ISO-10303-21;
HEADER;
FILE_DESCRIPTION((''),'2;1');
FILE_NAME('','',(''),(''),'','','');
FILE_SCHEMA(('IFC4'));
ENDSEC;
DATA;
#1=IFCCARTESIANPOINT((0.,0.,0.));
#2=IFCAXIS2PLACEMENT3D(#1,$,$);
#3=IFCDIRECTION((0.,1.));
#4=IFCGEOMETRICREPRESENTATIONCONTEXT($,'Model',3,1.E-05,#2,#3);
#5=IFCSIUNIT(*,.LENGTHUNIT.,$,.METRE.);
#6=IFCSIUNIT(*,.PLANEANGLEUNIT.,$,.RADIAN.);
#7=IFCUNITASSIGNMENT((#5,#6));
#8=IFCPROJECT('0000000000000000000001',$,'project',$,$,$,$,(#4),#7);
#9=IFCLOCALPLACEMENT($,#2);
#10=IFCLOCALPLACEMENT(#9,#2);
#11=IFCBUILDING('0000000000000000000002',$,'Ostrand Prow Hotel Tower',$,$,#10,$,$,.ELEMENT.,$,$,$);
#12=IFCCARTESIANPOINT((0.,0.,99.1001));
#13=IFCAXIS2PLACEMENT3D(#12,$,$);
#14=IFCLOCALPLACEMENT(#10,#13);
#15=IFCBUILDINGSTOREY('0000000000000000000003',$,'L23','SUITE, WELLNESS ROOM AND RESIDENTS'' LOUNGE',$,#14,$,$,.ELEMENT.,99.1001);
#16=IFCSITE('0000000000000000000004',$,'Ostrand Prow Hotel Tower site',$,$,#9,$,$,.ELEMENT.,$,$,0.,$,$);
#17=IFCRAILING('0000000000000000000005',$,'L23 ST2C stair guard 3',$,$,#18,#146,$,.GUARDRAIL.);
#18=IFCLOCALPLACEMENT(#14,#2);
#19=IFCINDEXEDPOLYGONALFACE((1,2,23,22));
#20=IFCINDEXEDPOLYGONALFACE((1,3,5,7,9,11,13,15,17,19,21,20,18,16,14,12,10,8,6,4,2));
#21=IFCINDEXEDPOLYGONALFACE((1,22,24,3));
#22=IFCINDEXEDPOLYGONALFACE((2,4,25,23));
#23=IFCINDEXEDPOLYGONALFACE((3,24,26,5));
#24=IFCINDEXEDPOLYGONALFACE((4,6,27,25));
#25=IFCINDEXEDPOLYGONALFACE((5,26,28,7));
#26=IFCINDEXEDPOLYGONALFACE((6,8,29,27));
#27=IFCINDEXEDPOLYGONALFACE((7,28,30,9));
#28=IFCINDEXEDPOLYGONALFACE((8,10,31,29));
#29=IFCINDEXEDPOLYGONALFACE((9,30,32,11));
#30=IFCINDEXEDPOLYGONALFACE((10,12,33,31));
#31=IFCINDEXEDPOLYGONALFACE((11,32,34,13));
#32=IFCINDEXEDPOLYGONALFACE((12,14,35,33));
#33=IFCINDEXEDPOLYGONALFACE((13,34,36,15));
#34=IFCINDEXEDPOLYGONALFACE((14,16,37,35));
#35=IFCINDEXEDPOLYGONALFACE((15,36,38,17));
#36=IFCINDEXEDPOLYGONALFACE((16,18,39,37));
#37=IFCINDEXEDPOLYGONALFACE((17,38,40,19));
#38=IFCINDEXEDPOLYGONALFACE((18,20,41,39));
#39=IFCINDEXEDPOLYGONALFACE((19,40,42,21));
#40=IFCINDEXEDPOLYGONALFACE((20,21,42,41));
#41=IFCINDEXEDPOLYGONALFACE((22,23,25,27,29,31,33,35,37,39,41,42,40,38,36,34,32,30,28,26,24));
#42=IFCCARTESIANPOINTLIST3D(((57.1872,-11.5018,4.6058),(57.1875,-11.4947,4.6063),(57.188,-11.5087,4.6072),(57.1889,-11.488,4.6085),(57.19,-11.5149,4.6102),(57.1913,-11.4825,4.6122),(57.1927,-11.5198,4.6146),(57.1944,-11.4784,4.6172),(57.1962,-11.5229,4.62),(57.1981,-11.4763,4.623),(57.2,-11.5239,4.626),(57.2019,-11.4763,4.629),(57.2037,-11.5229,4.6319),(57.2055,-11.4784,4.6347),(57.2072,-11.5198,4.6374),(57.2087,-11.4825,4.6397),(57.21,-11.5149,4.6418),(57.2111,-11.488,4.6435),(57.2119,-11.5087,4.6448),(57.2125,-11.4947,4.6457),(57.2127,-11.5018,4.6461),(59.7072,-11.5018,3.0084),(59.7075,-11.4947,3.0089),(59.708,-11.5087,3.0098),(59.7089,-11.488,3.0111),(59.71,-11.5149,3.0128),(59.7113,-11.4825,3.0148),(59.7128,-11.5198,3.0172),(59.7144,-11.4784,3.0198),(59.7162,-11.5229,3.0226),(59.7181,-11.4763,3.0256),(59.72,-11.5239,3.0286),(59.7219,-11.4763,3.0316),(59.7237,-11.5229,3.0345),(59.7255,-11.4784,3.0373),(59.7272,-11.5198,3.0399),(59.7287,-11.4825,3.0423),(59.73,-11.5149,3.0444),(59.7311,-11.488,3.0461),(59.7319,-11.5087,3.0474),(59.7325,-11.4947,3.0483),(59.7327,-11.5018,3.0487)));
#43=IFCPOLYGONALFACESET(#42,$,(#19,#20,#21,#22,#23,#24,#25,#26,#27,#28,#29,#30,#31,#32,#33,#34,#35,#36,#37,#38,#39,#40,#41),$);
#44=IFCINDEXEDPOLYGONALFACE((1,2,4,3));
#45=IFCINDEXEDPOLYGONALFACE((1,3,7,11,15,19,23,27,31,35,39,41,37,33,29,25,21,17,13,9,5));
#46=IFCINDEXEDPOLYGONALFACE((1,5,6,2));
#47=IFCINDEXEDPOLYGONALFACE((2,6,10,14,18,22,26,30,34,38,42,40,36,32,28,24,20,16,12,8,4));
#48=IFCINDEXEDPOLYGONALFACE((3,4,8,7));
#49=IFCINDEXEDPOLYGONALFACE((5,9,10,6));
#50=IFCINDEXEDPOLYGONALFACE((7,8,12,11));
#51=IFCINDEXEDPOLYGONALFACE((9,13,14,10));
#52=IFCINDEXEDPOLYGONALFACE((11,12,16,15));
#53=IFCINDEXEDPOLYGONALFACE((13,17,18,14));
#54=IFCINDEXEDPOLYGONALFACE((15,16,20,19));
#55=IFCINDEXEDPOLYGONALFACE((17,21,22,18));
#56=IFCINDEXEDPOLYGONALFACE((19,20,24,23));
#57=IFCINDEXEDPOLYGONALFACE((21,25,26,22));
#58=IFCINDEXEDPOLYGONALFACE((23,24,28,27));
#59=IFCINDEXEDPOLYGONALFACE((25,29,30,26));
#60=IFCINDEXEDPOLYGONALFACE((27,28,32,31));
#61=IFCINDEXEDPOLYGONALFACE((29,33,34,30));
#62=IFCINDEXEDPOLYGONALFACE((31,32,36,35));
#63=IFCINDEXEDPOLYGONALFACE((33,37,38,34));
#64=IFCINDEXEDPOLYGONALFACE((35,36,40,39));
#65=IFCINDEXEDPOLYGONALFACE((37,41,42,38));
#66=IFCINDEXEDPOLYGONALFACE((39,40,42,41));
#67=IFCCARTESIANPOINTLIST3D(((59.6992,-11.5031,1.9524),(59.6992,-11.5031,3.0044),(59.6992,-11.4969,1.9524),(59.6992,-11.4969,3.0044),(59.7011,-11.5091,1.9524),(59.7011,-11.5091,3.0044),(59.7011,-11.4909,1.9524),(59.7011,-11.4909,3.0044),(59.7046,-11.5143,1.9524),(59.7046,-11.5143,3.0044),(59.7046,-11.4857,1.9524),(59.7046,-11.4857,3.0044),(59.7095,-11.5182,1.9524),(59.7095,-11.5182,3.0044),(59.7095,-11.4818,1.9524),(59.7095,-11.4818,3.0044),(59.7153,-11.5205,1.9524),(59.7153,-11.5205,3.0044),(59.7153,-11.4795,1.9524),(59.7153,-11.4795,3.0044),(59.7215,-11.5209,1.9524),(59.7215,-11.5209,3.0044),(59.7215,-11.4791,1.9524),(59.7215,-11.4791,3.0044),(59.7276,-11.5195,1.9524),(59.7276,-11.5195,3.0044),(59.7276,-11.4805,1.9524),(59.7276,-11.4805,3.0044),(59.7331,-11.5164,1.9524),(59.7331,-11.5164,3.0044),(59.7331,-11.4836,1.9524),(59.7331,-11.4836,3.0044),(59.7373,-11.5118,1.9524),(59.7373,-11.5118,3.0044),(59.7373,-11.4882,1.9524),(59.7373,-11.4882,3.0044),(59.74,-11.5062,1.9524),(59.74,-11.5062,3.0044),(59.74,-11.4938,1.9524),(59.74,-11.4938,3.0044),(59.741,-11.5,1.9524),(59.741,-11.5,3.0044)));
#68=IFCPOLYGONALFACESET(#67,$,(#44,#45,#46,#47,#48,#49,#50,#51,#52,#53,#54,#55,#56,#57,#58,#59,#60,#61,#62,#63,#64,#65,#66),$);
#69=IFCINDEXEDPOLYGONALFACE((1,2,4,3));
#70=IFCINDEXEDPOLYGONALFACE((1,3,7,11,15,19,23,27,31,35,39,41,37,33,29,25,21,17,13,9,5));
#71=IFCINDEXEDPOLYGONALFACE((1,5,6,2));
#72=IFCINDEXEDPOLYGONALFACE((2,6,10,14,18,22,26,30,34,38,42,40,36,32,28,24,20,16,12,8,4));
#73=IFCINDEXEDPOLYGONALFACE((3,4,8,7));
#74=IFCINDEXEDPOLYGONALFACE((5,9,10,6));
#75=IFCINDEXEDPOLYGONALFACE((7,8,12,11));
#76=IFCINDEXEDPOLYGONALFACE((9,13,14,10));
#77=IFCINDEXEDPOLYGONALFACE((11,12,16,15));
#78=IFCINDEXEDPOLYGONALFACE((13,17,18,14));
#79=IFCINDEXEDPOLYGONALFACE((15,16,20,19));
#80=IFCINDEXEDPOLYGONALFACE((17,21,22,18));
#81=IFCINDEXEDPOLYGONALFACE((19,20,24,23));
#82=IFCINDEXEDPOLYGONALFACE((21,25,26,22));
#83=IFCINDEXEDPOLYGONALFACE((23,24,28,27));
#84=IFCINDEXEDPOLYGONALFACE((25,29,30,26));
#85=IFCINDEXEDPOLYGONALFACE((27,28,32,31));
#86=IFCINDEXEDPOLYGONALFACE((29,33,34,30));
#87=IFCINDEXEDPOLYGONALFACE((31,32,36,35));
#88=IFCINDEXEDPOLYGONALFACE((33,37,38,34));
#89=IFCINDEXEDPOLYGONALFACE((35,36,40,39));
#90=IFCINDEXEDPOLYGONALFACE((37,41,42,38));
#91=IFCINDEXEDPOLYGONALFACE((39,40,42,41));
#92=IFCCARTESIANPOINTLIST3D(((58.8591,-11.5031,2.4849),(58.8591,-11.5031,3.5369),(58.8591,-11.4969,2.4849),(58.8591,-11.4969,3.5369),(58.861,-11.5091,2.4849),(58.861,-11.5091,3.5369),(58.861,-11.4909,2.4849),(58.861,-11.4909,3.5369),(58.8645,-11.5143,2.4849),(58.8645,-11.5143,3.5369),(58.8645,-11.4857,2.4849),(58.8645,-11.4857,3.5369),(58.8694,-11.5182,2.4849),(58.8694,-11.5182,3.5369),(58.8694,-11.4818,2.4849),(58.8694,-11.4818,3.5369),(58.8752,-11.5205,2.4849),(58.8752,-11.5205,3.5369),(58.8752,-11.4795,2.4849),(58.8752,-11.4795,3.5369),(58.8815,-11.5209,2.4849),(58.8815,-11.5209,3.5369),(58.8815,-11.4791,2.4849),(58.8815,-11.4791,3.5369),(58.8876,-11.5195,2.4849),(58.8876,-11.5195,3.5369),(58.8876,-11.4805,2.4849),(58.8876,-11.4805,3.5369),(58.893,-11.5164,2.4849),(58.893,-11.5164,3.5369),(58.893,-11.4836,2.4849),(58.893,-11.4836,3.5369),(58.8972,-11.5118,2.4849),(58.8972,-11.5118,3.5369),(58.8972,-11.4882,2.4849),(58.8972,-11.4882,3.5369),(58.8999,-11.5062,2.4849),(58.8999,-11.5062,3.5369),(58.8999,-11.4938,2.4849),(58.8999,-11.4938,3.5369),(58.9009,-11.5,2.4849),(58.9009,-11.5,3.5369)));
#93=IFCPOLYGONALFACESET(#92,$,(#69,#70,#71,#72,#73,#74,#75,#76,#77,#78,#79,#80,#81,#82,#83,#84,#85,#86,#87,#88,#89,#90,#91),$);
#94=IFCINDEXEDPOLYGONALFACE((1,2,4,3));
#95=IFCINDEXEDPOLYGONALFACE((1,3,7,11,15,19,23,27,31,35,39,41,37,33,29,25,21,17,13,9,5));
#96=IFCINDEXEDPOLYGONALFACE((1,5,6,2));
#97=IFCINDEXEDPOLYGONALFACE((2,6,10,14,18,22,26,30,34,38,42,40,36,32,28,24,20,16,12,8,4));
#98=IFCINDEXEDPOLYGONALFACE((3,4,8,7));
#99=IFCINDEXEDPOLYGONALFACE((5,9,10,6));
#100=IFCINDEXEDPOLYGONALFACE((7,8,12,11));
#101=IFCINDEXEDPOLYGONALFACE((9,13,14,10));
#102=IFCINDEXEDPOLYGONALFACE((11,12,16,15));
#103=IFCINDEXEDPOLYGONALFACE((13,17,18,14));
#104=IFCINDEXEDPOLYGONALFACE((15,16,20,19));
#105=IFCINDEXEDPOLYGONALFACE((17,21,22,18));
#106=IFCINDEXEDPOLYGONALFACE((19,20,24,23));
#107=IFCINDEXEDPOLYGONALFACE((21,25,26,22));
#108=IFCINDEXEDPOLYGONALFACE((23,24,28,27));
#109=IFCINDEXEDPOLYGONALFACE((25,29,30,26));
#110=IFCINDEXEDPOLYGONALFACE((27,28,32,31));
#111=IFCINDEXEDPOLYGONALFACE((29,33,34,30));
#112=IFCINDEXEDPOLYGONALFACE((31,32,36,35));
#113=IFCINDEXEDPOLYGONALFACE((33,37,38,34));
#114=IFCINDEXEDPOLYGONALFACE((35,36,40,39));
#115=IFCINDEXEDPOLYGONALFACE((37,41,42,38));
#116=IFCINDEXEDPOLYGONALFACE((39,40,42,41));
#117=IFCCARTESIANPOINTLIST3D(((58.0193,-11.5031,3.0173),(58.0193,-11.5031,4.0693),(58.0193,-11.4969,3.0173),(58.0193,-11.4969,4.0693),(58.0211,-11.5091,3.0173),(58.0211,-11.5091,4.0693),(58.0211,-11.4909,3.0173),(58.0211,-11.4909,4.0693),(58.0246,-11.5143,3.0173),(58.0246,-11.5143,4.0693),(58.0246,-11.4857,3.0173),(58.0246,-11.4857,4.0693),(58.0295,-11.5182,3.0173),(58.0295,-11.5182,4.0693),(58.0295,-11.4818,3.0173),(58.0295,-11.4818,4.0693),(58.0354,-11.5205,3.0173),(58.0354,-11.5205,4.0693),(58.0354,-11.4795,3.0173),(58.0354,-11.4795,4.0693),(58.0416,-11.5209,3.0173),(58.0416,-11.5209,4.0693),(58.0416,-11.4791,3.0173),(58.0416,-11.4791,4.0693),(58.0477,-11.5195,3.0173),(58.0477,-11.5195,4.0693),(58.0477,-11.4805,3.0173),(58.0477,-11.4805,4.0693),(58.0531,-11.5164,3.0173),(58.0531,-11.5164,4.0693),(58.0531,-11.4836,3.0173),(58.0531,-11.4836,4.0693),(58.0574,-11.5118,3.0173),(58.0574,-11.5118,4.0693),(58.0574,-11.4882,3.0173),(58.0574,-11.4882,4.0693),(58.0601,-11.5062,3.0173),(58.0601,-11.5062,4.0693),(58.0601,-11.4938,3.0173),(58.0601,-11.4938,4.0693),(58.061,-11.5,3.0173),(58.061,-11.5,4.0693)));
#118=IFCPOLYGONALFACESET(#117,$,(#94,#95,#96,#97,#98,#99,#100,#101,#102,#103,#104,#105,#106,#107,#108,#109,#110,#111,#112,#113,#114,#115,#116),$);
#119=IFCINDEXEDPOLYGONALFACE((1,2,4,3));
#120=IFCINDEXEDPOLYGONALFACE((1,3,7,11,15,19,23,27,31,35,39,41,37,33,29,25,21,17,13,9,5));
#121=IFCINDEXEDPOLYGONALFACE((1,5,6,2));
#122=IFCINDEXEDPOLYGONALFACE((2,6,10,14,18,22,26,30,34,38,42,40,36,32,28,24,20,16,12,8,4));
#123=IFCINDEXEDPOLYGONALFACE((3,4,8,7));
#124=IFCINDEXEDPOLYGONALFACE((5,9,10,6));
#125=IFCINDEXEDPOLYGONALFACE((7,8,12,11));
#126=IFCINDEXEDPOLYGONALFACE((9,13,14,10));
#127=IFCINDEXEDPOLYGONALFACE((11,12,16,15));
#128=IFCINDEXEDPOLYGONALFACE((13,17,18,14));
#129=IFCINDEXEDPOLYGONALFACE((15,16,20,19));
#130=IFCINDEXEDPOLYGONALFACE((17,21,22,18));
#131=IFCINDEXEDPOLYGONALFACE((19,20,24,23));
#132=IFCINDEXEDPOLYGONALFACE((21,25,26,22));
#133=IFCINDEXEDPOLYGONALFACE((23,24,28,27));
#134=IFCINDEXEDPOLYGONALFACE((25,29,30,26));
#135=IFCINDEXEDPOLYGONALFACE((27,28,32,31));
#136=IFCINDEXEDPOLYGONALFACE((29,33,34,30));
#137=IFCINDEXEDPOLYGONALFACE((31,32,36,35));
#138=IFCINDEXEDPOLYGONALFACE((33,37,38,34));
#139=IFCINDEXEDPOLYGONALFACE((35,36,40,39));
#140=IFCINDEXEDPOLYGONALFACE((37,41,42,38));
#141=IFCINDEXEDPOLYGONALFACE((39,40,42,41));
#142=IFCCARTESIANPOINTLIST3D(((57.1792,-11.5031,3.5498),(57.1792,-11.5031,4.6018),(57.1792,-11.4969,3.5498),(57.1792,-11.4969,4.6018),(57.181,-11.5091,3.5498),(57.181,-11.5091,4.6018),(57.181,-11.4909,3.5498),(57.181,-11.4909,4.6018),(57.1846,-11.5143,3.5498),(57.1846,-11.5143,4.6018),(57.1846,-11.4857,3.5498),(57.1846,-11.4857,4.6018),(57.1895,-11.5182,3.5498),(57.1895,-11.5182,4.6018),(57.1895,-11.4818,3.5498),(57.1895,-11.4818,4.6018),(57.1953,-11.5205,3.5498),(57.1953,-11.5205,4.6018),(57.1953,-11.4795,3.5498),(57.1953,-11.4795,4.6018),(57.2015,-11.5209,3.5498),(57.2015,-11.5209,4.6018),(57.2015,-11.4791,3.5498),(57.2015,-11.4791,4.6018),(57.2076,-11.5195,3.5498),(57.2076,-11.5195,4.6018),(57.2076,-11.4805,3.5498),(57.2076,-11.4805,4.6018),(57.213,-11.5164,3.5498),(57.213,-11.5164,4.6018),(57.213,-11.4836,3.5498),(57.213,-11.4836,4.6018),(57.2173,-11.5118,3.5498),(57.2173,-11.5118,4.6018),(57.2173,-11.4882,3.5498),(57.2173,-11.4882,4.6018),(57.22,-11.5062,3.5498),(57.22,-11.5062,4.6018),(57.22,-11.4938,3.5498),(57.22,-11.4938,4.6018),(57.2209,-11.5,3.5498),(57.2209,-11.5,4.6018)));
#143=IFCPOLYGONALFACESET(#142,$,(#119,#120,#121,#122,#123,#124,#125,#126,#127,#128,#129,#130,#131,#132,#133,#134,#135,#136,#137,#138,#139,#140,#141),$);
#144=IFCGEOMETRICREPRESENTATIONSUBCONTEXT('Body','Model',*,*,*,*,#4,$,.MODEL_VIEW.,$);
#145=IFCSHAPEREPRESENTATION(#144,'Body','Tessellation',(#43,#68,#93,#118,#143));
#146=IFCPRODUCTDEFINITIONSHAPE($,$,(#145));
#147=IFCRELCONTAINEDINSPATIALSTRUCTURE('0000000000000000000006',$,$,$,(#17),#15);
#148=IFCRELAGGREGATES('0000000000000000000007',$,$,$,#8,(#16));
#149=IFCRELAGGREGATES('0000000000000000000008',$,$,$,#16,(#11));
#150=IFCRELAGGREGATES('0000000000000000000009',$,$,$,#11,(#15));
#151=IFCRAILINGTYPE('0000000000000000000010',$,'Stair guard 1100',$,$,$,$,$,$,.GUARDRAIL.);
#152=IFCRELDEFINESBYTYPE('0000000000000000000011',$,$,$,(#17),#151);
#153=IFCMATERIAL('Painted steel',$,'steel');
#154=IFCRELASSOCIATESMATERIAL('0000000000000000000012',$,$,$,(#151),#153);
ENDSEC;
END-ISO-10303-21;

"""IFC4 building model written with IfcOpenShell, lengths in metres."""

from ifc_helpers import new_model, si_unit, direction, frame, origin, origin_2d, place, context, subcontext, project, spatial, circle, extrude, material, type_object, element, save


model = new_model("IFC4")

# Units and contexts
model_context = context("Model", 3, precision=1e-05, world=origin(), true_north=direction((0.0, 1.0)))
body_context = subcontext(model_context, "Body", "Model", "MODEL_VIEW")
ifc_project = project(units=[si_unit("LENGTHUNIT", "METRE"), si_unit("PLANEANGLEUNIT", "RADIAN")], contexts=[model_context])

# Site, building, storey
site_placement = place(None, origin())
site = spatial("IfcSite", under=ifc_project, at=site_placement, Name="Ostrand Prow Hotel Tower site", CompositionType="ELEMENT", RefElevation=0.0)
building_placement = place(site_placement, origin())
building = spatial("IfcBuilding", under=site, at=building_placement, Name="Ostrand Prow Hotel Tower", CompositionType="ELEMENT")
storey_placement = place(building_placement, frame((0.0, 0.0, 99.1001)))
storey = spatial("IfcBuildingStorey", under=building, at=storey_placement, Name="L23", Description="SUITE, WELLNESS ROOM AND RESIDENTS' LOUNGE", CompositionType="ELEMENT", Elevation=99.1001)

# Railing
ifc_material_1 = material(Name="Painted steel", Category="steel")
railing_type_1 = type_object("IfcRailingType", Name="Stair guard 1100", PredefinedType="GUARDRAIL", material=ifc_material_1)
railing_1_placement = place(storey_placement, frame((59.72, -11.5, 1.9524)))
element("IfcRailing", 1, at=railing_1_placement, inside=storey, type_object=railing_type_1, Name="L23 ST2C stair guard 3", PredefinedType="GUARDRAIL", context=body_context, shape_type="SweptSolid", body=[
    extrude(circle(Radius=0.0239, at=origin_2d()), frame((0.0, 0.0, 1.0762), z_axis=(-0.844607, 0.0, 0.535387), x_axis=(0.0, -1.0, 0.0)), (0.0, 0.0, 1.0), 2.9836),
    extrude(circle(Radius=0.021, at=origin_2d()), origin(), (0.0, 0.0, 1.0), 1.052),
    extrude(circle(Radius=0.021, at=origin_2d()), frame((-0.8401, 0.0, 0.5325)), (0.0, 0.0, 1.0), 1.052),
    extrude(circle(Radius=0.021, at=origin_2d()), frame((-1.6799, 0.0, 1.0649)), (0.0, 0.0, 1.0), 1.052),
    extrude(circle(Radius=0.021, at=origin_2d()), frame((-2.52, 0.0, 1.5974)), (0.0, 0.0, 1.0), 1.052),
])

save(model, "model.ifc")
